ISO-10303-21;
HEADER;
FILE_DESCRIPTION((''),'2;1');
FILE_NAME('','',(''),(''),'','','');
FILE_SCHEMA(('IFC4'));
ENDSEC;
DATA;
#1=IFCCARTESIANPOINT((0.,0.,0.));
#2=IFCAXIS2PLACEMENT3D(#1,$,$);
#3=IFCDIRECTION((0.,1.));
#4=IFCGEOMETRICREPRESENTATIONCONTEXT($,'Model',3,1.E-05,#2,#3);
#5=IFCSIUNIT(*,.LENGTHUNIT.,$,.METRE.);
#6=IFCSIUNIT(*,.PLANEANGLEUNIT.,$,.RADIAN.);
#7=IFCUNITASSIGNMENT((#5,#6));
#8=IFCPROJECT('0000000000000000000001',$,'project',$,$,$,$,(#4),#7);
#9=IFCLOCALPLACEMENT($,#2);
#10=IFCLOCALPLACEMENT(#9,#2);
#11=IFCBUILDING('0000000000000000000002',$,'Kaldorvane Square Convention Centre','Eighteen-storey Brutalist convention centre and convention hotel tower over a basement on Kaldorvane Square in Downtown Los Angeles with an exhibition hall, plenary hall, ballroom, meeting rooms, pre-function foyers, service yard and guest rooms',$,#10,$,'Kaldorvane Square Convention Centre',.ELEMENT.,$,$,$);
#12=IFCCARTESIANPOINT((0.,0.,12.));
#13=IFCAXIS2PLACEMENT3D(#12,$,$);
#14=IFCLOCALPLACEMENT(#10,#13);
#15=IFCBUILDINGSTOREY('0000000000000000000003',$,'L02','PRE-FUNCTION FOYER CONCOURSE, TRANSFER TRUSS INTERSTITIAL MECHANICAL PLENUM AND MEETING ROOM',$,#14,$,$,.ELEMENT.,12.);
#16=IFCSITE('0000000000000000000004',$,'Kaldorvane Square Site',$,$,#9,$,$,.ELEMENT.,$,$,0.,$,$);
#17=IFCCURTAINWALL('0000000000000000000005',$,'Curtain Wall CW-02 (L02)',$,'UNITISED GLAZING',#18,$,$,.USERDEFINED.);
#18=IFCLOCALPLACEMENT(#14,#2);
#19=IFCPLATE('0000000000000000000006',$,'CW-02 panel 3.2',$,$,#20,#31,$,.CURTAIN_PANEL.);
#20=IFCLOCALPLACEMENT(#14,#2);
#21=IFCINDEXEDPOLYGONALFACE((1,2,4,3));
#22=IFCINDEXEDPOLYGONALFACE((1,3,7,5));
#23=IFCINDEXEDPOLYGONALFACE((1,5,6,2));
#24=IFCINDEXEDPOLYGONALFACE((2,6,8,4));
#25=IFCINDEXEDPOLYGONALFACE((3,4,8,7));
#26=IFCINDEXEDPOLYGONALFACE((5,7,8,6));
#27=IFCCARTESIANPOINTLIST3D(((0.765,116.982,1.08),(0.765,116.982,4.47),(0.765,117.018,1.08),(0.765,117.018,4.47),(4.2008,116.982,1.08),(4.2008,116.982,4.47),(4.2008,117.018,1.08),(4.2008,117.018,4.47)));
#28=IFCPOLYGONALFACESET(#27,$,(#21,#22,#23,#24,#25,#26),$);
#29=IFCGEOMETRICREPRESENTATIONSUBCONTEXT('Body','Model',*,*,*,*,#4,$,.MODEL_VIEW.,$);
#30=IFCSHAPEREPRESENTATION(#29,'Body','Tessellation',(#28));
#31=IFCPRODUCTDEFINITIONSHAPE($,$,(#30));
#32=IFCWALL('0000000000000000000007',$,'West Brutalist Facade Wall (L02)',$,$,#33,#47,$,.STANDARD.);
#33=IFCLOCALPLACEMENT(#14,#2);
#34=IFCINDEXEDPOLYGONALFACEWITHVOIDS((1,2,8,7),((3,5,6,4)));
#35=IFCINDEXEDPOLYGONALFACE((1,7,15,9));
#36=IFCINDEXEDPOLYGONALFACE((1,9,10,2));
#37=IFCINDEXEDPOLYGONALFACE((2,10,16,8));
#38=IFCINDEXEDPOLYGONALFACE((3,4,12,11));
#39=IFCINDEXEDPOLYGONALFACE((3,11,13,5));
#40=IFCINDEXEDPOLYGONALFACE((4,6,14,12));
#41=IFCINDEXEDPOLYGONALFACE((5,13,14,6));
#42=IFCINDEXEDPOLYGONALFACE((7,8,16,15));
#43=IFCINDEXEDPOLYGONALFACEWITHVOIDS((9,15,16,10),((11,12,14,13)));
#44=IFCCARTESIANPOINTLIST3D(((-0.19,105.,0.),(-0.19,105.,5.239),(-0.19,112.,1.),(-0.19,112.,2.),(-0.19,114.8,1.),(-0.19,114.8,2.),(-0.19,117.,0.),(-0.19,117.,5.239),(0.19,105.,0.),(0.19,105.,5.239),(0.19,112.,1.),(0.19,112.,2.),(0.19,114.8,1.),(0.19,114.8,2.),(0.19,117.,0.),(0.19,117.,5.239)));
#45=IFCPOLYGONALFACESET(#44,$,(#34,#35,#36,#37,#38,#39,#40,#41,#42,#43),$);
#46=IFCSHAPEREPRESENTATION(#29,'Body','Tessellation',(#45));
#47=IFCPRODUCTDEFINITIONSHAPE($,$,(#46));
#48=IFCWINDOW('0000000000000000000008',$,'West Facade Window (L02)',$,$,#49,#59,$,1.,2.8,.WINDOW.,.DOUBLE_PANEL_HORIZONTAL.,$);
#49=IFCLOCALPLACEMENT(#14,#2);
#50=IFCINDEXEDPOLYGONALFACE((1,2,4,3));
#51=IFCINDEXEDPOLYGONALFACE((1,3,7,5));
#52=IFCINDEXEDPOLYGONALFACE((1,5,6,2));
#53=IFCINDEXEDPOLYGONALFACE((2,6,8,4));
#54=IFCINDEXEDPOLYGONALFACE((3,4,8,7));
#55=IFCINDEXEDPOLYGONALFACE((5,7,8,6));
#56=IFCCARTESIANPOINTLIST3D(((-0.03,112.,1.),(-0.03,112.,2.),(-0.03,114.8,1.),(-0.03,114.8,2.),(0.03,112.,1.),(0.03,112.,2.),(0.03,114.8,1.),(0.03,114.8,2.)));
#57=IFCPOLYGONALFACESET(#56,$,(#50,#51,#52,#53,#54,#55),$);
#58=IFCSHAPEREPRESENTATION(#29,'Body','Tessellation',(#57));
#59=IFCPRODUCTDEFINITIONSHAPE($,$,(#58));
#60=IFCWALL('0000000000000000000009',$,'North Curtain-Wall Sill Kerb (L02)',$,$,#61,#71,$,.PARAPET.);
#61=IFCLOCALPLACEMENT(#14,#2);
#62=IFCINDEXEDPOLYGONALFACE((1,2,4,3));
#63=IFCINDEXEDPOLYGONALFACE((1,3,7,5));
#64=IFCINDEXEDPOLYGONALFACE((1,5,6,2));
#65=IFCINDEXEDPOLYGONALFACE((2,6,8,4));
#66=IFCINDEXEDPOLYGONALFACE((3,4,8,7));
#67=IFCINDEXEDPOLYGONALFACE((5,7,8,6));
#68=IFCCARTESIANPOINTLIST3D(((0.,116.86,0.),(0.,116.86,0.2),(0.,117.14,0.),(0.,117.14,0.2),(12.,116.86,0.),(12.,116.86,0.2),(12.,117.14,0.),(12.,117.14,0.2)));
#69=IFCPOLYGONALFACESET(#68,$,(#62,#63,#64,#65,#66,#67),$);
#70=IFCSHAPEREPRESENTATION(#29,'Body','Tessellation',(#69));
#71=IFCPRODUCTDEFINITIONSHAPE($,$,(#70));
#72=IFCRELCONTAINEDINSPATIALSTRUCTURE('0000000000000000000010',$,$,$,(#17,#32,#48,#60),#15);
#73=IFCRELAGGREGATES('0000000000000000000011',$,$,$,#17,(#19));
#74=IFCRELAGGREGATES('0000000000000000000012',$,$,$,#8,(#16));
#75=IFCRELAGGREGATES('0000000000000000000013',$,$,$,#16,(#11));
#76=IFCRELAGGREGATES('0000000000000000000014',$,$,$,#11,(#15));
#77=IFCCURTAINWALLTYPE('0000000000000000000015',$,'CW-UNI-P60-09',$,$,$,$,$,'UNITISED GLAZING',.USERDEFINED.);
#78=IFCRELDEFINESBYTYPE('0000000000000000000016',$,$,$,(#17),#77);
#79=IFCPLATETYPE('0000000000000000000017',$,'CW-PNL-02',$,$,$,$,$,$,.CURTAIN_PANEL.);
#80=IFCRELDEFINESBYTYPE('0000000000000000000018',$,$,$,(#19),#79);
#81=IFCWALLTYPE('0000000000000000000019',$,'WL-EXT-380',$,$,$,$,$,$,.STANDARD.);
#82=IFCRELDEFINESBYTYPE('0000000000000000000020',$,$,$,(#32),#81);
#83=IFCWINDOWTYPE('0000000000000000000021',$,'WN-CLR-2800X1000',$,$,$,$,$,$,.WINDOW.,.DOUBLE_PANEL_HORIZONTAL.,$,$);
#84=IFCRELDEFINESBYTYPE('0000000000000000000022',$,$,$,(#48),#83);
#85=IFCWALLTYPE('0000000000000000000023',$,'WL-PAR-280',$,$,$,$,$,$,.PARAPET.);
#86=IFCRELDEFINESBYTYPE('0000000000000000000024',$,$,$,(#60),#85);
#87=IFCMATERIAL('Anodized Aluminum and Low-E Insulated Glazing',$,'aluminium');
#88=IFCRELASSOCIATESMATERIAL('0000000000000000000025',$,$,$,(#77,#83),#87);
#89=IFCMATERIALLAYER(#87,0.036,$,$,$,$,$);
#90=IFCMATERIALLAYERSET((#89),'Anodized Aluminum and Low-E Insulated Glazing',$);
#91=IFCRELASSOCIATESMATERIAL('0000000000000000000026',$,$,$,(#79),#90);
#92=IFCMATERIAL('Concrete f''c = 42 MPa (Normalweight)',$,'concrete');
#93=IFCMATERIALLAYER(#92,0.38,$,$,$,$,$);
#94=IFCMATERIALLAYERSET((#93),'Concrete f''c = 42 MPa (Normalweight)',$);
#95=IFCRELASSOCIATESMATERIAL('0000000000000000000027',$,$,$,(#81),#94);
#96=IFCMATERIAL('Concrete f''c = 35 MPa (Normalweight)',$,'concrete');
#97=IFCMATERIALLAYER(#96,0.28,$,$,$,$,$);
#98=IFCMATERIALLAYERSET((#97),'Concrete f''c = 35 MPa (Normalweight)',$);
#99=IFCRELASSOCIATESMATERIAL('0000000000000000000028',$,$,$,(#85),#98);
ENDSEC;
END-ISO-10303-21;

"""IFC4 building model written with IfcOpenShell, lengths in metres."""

from ifc_helpers import new_model, si_unit, direction, frame, frame_2d, origin, origin_2d, place, context, subcontext, project, spatial, rectangle, extrude, material, layer, layer_set, type_object, element, fill, aggregate, save


model = new_model("IFC4")

# Units and contexts
model_context = context("Model", 3, precision=1e-05, world=origin(), true_north=direction((0.0, 1.0)))
body_context = subcontext(model_context, "Body", "Model", "MODEL_VIEW")
ifc_project = project(units=[si_unit("LENGTHUNIT", "METRE"), si_unit("PLANEANGLEUNIT", "RADIAN")], contexts=[model_context])

# Site, building, storey
site_placement = place(None, origin())
site = spatial("IfcSite", under=ifc_project, at=site_placement, Name="Kaldorvane Square Site", CompositionType="ELEMENT", RefElevation=0.0)
building_placement = place(site_placement, origin())
building = spatial("IfcBuilding", under=site, at=building_placement, Name="Kaldorvane Square Convention Centre", Description="Eighteen-storey Brutalist convention centre and convention hotel tower over a basement on Kaldorvane Square in Downtown Los Angeles with an exhibition hall, plenary hall, ballroom, meeting rooms, pre-function foyers, service yard and guest rooms", LongName="Kaldorvane Square Convention Centre", CompositionType="ELEMENT")
storey_placement = place(building_placement, frame((0.0, 0.0, 12.0)))
storey = spatial("IfcBuildingStorey", under=building, at=storey_placement, Name="L02", Description="PRE-FUNCTION FOYER CONCOURSE, TRANSFER TRUSS INTERSTITIAL MECHANICAL PLENUM AND MEETING ROOM", CompositionType="ELEMENT", Elevation=12.0)

# Shared definitions
ifc_material_1 = material(Name="Concrete f'c = 42 MPa (Normalweight)", Category="concrete")

# Curtain wall, plate
ifc_material_2 = material(Name="Anodized Aluminum and Low-E Insulated Glazing", Category="aluminium")
curtain_wall_type = type_object("IfcCurtainWallType", Name="CW-UNI-P60-09", ElementType="UNITISED GLAZING", PredefinedType="USERDEFINED", material=ifc_material_2)
curtain_wall_placement = place(storey_placement, origin())
curtain_wall = element("IfcCurtainWall", 1, at=curtain_wall_placement, inside=storey, type_object=curtain_wall_type, Name="Curtain Wall CW-02 (L02)", ObjectType="UNITISED GLAZING", PredefinedType="USERDEFINED")
ifc_layer_1 = layer(ifc_material_2, 0.036)
ifc_layer_set_1 = layer_set([ifc_layer_1], Name="Anodized Aluminum and Low-E Insulated Glazing")
plate_type = type_object("IfcPlateType", Name="CW-PNL-02", PredefinedType="CURTAIN_PANEL", material=ifc_layer_set_1)
plate_1_placement = place(storey_placement, frame((2.4829, 117.0, 1.08), z_axis=(0.0, 0.0, 1.0), x_axis=(-1.0, 0.0, 0.0)))
plate_1 = element("IfcPlate", 2, at=plate_1_placement, type_object=plate_type, Name="CW-02 panel 3.2", PredefinedType="CURTAIN_PANEL", context=body_context, shape_type="SweptSolid", body=[
    extrude(rectangle(XDim=3.4358, YDim=0.036, at=origin_2d()), origin(), (0.0, 0.0, 1.0), 3.39),
])
aggregate(curtain_wall, [plate_1])

# Wall, opening, window
ifc_layer_2 = layer(ifc_material_1, 0.38)
ifc_layer_set_2 = layer_set([ifc_layer_2], Name="Concrete f'c = 42 MPa (Normalweight)")
wall_type_1 = type_object("IfcWallType", Name="WL-EXT-380", PredefinedType="STANDARD", material=ifc_layer_set_2)
wall_1_placement = place(storey_placement, frame((0.0, 117.0, 0.0), z_axis=(0.0, 0.0, 1.0), x_axis=(0.0, -1.0, 0.0)))
wall_1 = element("IfcWall", 3, at=wall_1_placement, inside=storey, type_object=wall_type_1, Name="West Brutalist Facade Wall (L02)", PredefinedType="STANDARD", context=body_context, shape_type="SweptSolid", body=[
    extrude(rectangle(XDim=12.0, YDim=0.38, at=frame_2d((6.0, 0.0))), origin(), (0.0, 0.0, 1.0), 5.239),
])
opening_placement = place(wall_1_placement, frame((2.2, 0.0, 1.0)))
opening = element("IfcOpeningElement", 4, at=opening_placement, cuts=wall_1, PredefinedType="OPENING", context=body_context, shape_type="SweptSolid", body=[
    extrude(rectangle(XDim=2.8, YDim=1.0, at=frame_2d((1.4, 0.5))), frame((0.0, 0.205, 0.0), z_axis=(0.0, -1.0, 0.0), x_axis=(1.0, 0.0, 0.0)), (0.0, 0.0, 1.0), 0.41),
])
window_type = type_object("IfcWindowType", Name="WN-CLR-2800X1000", PartitioningType="DOUBLE_PANEL_HORIZONTAL", PredefinedType="WINDOW", material=ifc_material_2)
window_placement = place(opening_placement, origin())
window = element("IfcWindow", 5, at=window_placement, inside=storey, type_object=window_type, Name="West Facade Window (L02)", OverallHeight=1.0, OverallWidth=2.8, PartitioningType="DOUBLE_PANEL_HORIZONTAL", PredefinedType="WINDOW", context=body_context, shape_type="SweptSolid", body=[
    extrude(rectangle(XDim=2.8, YDim=1.0, at=frame_2d((1.4, 0.5))), frame((0.0, 0.03, 0.0), z_axis=(0.0, -1.0, 0.0), x_axis=(1.0, 0.0, 0.0)), (0.0, 0.0, 1.0), 0.06),
])
fill(opening, window)

# Wall
ifc_material_3 = material(Name="Concrete f'c = 35 MPa (Normalweight)", Category="concrete")
ifc_layer_3 = layer(ifc_material_3, 0.28)
ifc_layer_set_3 = layer_set([ifc_layer_3], Name="Concrete f'c = 35 MPa (Normalweight)")
wall_type_2 = type_object("IfcWallType", Name="WL-PAR-280", PredefinedType="PARAPET", material=ifc_layer_set_3)
wall_2_placement = place(storey_placement, frame((12.0, 117.0, 0.0), z_axis=(0.0, 0.0, 1.0), x_axis=(-1.0, 0.0, 0.0)))
element("IfcWall", 6, at=wall_2_placement, inside=storey, type_object=wall_type_2, Name="North Curtain-Wall Sill Kerb (L02)", PredefinedType="PARAPET", context=body_context, shape_type="SweptSolid", body=[
    extrude(rectangle(XDim=12.0, YDim=0.28, at=frame_2d((6.0, 0.0))), origin(), (0.0, 0.0, 1.0), 0.2),
])

save(model, "model.ifc")
